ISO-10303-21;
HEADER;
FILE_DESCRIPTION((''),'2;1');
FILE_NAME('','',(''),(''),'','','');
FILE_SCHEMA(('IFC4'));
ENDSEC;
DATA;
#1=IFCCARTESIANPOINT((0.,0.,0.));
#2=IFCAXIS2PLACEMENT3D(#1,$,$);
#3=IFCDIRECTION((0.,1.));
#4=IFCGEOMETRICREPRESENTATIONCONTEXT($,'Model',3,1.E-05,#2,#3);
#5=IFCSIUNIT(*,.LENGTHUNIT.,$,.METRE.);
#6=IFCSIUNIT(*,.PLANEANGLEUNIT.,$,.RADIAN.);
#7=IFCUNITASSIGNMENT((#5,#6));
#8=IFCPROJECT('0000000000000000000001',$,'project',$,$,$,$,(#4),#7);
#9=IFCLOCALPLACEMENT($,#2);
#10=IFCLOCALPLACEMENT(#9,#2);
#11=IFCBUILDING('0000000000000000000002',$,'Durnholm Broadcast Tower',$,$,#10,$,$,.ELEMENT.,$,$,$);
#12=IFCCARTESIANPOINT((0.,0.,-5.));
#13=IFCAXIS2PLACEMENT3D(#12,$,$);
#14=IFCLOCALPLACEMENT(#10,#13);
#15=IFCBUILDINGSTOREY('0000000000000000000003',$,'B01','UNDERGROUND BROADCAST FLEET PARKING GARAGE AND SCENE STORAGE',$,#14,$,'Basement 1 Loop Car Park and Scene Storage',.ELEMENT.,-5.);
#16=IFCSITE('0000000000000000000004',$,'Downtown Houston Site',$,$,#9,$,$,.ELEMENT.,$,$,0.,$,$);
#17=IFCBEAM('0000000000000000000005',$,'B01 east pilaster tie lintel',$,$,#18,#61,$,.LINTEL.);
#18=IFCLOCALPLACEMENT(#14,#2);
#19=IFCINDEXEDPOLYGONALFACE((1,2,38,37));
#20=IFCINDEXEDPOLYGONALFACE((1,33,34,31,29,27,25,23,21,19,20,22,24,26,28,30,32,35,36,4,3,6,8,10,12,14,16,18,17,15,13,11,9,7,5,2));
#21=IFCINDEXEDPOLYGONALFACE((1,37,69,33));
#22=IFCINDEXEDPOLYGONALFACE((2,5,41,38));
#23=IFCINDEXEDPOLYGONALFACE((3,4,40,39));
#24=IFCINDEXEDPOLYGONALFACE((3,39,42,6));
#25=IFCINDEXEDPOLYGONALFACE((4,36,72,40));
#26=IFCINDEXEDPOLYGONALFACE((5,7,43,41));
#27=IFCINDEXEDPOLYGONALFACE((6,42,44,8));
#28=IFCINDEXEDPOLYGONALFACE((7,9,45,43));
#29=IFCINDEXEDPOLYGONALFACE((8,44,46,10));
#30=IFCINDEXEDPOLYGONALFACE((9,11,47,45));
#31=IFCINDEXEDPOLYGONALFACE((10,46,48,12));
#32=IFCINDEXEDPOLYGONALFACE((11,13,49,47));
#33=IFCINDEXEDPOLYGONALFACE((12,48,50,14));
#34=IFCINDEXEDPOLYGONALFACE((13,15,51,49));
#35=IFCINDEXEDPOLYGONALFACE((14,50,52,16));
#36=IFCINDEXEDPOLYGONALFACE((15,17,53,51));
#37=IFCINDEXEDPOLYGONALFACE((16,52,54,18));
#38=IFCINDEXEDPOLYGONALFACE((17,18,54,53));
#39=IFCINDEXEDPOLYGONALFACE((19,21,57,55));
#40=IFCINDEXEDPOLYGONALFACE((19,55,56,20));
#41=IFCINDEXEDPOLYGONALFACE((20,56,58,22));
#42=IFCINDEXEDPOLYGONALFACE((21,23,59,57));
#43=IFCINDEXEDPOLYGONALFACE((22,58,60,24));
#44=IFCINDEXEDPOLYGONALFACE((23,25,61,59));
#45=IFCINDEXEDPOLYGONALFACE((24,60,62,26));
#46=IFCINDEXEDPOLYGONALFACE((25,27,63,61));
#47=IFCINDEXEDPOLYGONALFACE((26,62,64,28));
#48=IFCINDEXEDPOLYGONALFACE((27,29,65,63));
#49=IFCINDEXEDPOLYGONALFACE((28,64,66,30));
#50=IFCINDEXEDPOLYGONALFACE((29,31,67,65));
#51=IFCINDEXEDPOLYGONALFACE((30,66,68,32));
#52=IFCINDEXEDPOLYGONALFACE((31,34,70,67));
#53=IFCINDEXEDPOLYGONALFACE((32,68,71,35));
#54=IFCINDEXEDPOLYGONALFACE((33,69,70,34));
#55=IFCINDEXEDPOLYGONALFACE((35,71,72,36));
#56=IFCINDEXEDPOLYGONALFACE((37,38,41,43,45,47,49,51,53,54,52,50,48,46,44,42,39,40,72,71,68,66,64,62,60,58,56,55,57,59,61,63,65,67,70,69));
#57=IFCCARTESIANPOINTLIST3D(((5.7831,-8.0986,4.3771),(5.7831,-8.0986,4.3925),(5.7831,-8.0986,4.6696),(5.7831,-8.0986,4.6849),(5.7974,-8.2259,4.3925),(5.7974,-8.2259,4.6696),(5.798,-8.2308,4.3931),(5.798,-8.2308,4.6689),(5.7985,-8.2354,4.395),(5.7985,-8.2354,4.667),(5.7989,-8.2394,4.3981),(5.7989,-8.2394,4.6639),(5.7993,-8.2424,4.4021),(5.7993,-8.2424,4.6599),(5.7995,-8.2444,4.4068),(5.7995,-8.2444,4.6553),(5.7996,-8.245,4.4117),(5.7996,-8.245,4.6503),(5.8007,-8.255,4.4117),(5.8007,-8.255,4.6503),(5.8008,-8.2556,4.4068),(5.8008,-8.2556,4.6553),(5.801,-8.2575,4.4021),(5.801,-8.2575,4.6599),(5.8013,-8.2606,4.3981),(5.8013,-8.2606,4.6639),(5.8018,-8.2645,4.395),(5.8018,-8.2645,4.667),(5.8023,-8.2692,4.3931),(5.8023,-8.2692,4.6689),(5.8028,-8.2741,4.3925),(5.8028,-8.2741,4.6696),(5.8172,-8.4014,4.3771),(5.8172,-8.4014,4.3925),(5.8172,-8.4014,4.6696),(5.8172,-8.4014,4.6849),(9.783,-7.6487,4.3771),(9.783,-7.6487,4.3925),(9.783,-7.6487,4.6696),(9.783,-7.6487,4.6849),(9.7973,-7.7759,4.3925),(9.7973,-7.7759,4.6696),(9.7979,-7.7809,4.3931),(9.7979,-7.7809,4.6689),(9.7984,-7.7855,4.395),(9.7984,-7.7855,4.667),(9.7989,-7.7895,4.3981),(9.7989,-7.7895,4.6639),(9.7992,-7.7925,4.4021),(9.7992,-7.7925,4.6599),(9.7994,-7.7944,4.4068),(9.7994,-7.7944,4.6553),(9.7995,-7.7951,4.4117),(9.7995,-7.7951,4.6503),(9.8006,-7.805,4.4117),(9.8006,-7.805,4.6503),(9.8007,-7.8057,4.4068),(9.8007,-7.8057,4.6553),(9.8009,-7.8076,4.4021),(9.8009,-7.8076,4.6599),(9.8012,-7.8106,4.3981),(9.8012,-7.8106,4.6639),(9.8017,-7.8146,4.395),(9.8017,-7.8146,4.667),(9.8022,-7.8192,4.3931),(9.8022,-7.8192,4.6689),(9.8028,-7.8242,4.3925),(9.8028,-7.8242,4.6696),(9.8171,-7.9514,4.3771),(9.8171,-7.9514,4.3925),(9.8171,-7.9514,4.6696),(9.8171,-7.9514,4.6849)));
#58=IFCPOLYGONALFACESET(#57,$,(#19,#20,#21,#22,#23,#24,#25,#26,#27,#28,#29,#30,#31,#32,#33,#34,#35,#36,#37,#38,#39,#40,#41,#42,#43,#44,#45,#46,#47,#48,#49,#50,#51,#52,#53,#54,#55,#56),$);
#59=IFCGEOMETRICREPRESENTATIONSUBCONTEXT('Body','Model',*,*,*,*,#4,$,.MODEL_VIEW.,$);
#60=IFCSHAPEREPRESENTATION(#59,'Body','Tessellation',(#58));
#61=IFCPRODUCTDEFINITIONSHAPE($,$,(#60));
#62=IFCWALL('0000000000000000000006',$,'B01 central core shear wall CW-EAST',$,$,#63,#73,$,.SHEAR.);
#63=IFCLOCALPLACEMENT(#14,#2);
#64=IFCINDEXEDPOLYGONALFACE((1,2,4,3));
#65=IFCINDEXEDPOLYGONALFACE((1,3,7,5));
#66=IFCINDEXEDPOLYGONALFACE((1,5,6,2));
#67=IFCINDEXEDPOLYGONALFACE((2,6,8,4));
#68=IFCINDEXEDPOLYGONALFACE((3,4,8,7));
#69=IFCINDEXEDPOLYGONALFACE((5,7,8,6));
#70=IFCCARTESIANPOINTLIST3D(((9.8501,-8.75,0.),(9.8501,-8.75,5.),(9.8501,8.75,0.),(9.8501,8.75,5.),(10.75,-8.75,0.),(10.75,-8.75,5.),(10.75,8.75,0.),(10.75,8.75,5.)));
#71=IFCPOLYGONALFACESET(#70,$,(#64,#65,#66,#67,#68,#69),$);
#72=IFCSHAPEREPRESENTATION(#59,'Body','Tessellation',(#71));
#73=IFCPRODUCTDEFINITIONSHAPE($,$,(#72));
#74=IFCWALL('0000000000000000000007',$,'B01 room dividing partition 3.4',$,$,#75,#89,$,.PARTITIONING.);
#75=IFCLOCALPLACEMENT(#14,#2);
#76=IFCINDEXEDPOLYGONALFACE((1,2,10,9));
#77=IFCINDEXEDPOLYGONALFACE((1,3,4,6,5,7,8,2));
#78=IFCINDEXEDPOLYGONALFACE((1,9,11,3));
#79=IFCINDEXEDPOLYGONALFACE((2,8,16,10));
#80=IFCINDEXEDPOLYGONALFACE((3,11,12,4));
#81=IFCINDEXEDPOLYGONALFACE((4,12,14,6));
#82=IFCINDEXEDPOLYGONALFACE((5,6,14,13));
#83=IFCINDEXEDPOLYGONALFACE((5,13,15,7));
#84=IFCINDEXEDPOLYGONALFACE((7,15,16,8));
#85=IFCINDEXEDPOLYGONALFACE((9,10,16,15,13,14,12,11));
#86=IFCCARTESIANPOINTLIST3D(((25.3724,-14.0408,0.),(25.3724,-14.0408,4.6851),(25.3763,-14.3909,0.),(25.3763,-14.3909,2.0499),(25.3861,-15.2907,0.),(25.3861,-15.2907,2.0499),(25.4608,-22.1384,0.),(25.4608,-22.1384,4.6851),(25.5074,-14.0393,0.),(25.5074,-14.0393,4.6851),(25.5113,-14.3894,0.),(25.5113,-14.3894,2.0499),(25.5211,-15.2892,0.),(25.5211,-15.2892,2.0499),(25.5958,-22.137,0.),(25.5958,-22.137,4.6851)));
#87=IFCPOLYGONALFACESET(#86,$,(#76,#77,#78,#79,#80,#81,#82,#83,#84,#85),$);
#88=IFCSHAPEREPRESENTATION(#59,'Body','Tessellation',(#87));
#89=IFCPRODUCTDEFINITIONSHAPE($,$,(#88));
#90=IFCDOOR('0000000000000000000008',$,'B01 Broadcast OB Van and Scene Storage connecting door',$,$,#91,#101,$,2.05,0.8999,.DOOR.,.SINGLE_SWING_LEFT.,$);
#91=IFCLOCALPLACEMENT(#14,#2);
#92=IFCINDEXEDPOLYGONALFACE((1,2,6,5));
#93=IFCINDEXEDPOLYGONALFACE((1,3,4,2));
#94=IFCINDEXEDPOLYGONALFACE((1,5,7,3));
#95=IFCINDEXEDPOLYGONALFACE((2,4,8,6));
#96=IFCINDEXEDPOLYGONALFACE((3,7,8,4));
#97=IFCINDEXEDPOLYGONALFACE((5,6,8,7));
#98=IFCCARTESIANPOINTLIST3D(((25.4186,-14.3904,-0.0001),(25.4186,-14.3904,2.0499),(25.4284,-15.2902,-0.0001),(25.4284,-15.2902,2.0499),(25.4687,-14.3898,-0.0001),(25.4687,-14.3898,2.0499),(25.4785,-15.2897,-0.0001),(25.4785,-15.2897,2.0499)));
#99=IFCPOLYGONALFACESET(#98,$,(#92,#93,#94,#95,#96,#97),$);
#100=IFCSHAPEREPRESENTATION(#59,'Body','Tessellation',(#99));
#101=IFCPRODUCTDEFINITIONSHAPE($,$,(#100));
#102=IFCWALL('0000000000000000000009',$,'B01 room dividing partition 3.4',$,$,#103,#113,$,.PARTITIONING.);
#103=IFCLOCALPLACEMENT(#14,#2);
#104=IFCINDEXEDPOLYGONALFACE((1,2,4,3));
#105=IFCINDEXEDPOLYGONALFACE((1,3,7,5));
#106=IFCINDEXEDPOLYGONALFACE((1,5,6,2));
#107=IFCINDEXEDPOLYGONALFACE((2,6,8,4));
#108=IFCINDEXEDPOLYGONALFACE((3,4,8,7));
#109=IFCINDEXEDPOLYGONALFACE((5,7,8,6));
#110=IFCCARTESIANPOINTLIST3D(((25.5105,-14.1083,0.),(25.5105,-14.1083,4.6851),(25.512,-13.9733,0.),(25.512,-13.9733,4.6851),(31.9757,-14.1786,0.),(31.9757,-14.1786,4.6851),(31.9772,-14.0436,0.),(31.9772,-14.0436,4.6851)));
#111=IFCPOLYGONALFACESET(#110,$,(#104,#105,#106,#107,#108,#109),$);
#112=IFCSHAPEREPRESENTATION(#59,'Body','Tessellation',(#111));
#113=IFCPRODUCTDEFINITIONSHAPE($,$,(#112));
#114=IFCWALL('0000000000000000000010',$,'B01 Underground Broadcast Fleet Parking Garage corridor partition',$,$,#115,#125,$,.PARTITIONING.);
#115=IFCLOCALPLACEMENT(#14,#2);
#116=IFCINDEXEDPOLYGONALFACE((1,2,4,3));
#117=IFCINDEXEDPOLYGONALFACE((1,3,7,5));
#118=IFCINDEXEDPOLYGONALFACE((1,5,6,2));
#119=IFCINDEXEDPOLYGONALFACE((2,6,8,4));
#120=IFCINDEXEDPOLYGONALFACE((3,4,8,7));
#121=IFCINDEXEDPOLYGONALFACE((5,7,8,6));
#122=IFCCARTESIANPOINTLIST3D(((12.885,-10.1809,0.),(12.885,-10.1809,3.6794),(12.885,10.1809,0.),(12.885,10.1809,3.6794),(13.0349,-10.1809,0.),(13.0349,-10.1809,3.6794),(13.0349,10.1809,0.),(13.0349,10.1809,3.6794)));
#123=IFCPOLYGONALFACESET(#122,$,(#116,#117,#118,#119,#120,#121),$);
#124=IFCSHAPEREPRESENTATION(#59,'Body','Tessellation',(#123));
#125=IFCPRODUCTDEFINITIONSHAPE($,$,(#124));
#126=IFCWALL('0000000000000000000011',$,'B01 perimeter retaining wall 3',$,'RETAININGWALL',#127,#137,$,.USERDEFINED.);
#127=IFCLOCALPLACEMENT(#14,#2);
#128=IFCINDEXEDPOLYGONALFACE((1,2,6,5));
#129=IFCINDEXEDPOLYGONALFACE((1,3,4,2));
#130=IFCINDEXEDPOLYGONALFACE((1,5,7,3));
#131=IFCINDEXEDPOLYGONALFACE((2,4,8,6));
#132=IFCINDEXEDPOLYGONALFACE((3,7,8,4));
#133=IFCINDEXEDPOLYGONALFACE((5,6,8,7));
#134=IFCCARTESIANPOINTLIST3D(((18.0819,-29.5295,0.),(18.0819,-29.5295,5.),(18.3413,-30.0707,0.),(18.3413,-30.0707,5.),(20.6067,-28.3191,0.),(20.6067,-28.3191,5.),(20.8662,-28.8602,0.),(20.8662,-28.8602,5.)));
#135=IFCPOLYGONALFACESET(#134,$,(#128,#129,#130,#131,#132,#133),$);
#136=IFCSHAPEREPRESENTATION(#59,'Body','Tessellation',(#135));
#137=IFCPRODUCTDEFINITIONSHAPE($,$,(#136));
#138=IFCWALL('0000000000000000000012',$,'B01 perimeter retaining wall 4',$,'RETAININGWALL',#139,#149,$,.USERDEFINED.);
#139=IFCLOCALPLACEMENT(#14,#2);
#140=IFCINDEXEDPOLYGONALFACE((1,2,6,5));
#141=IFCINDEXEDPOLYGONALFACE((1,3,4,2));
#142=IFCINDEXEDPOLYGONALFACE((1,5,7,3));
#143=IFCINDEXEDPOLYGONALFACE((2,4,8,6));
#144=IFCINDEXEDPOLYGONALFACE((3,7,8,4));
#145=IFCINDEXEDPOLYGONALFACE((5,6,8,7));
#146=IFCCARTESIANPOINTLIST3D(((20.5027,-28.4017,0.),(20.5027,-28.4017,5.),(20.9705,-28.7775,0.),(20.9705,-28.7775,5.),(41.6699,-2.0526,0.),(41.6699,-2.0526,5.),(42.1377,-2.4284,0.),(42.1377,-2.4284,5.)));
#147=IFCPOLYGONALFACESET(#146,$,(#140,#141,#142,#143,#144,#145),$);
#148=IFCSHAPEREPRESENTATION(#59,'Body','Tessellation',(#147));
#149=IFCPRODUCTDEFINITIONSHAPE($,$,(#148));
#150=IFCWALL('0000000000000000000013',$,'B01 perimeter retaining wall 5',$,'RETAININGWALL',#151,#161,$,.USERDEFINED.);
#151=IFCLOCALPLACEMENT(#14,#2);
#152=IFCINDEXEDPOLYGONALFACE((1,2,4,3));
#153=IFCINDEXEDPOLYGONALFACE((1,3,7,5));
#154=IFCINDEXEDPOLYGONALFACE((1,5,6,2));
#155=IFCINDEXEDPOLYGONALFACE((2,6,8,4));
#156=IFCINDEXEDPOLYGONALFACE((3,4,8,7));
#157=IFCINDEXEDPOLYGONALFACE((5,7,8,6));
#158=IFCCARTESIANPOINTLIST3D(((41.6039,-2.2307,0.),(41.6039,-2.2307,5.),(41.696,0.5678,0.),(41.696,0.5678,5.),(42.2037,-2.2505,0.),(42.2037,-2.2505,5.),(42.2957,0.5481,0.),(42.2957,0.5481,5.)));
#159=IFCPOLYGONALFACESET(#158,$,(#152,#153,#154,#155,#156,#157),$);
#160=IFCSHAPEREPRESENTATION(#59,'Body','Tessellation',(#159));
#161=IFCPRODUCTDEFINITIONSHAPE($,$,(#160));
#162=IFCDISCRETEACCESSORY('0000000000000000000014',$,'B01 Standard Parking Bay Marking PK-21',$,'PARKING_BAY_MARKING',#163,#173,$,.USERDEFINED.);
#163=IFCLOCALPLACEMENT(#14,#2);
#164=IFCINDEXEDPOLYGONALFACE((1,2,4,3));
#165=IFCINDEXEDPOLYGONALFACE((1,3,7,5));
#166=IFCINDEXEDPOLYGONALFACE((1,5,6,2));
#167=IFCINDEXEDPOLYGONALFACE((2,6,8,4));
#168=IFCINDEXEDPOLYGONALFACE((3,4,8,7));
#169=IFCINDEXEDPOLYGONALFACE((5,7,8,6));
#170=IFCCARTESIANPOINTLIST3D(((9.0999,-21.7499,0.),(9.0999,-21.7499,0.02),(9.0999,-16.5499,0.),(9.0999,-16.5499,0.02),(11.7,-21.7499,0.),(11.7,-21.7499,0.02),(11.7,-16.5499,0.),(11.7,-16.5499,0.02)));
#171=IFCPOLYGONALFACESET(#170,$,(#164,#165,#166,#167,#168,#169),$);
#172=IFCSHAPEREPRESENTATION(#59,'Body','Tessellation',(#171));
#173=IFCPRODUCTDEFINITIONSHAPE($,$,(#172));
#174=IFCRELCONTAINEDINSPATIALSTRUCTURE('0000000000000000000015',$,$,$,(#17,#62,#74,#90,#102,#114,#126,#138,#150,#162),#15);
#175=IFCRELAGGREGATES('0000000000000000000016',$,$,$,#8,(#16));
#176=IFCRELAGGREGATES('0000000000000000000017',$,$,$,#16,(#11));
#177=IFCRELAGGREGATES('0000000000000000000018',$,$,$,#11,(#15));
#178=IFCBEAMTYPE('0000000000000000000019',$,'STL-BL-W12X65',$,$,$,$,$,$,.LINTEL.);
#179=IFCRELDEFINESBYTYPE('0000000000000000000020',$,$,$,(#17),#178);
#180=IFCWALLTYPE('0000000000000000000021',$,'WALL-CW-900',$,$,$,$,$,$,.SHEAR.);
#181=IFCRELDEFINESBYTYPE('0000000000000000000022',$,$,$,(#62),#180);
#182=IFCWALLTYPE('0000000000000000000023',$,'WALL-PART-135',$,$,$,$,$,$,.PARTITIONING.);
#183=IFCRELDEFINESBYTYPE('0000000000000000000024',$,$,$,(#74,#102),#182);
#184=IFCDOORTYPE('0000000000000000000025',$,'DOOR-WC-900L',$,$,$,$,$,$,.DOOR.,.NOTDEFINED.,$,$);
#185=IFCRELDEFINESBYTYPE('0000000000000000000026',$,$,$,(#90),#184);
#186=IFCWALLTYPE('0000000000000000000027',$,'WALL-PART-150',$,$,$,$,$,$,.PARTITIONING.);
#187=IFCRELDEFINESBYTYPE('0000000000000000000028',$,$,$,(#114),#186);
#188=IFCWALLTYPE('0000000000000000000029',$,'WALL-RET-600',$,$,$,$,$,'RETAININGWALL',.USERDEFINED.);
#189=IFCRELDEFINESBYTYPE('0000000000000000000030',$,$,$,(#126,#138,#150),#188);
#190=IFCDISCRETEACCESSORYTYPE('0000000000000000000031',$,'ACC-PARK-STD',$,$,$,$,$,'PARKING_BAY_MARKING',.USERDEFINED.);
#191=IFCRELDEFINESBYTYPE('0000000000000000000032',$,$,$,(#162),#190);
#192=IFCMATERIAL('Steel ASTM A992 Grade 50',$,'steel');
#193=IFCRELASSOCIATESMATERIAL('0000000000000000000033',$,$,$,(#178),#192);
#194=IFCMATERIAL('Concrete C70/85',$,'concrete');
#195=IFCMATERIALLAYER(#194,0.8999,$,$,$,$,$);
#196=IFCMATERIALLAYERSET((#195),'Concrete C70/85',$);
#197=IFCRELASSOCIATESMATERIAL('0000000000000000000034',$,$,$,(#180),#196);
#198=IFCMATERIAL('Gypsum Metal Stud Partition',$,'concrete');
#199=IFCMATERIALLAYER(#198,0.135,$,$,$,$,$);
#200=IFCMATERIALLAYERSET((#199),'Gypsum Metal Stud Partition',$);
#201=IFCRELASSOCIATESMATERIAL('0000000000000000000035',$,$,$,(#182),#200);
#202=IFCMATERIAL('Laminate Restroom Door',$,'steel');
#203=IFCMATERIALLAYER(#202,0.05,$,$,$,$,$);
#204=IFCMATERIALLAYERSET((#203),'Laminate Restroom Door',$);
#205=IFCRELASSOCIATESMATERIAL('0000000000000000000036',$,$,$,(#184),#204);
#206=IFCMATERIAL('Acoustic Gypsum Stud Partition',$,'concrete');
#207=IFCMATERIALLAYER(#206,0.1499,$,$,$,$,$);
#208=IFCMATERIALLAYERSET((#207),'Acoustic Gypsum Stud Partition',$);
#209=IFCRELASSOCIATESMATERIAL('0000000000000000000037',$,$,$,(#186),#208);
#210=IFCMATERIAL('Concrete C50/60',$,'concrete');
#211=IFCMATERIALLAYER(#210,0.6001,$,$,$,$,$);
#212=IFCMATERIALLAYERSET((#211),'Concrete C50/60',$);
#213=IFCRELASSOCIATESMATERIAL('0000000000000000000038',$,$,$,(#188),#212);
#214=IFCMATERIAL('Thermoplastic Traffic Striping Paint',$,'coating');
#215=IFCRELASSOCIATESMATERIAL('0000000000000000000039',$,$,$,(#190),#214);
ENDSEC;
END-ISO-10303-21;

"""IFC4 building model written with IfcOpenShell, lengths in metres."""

from ifc_helpers import new_model, si_unit, direction, frame, frame_2d, origin, origin_2d, place, context, subcontext, project, spatial, rectangle, i_section, extrude, source, transform, mapped, material, layer, layer_set, material_profile, profile_set, type_object, type_shapes, element, fill, save


model = new_model("IFC4")

# Units and contexts
model_context = context("Model", 3, precision=1e-05, world=origin(), true_north=direction((0.0, 1.0)))
body_context = subcontext(model_context, "Body", "Model", "MODEL_VIEW")
ifc_project = project(units=[si_unit("LENGTHUNIT", "METRE"), si_unit("PLANEANGLEUNIT", "RADIAN")], contexts=[model_context])

# Site, building, storey
site_placement = place(None, origin())
site = spatial("IfcSite", under=ifc_project, at=site_placement, Name="Downtown Houston Site", CompositionType="ELEMENT", RefElevation=0.0)
building_placement = place(site_placement, origin())
building = spatial("IfcBuilding", under=site, at=building_placement, Name="Durnholm Broadcast Tower", CompositionType="ELEMENT")
storey_placement = place(building_placement, frame((0.0, 0.0, -5.0)))
storey = spatial("IfcBuildingStorey", under=building, at=storey_placement, Name="B01", Description="UNDERGROUND BROADCAST FLEET PARKING GARAGE AND SCENE STORAGE", LongName="Basement 1 Loop Car Park and Scene Storage", CompositionType="ELEMENT", Elevation=-5.0)

# Shared definitions
ifc_material_1 = material(Name="Concrete C70/85", Category="concrete")

# Beam
ifc_material_2 = material(Name="Steel ASTM A992 Grade 50", Category="steel")
ifc_material_profile_1 = material_profile(ifc_material_2, i_section(OverallWidth=0.3047, OverallDepth=0.3079, WebThickness=0.01, FlangeThickness=0.0154, FilletRadius=0.0193, at=origin_2d()), Name="W12X65")
ifc_profile_set_1 = profile_set([ifc_material_profile_1], Name="Steel ASTM A992 Grade 50")
beam_type_1 = type_object("IfcBeamType", Name="STL-BL-W12X65", PredefinedType="LINTEL", material=ifc_profile_set_1)
shared_shape_1 = source(origin(), body_context, "Body", "SweptSolid", [
    extrude(i_section(OverallWidth=0.3047, OverallDepth=0.3079, WebThickness=0.01, FlangeThickness=0.0154, FilletRadius=0.0193, at=origin_2d()), origin(), (0.0, 0.0, 1.0), 4.0251),
])
type_shapes(beam_type_1, [shared_shape_1])
beam_1_placement = place(storey_placement, frame((9.8, -7.8, 4.531), z_axis=(-0.993733, -0.111783, 0.0), x_axis=(0.111783, -0.993733, 0.0)))
element("IfcBeam", 1, at=beam_1_placement, inside=storey, type_object=beam_type_1, Name="B01 east pilaster tie lintel", PredefinedType="LINTEL", context=body_context, shape_type="MappedRepresentation", body=[
    mapped(shared_shape_1, transform((0.0, 0.0, 0.0), x_axis=(1.0, 0.0, 0.0), y_axis=(0.0, 1.0, 0.0), z_axis=(0.0, 0.0, 1.0), scale=1.0)),
])

# Wall
ifc_layer_1 = layer(ifc_material_1, 0.8999)
ifc_layer_set_1 = layer_set([ifc_layer_1], Name="Concrete C70/85")
wall_type_1 = type_object("IfcWallType", Name="WALL-CW-900", PredefinedType="SHEAR", material=ifc_layer_set_1)
wall_1_placement = place(storey_placement, frame((10.3, -8.75, 0.0), z_axis=(0.0, 0.0, 1.0), x_axis=(0.0, 1.0, 0.0)))
element("IfcWall", 2, at=wall_1_placement, inside=storey, type_object=wall_type_1, Name="B01 central core shear wall CW-EAST", PredefinedType="SHEAR", context=body_context, shape_type="SweptSolid", body=[
    extrude(rectangle(XDim=17.5, YDim=0.8999, at=frame_2d((8.75, 0.0))), origin(), (0.0, 0.0, 1.0), 5.0),
])

# Wall, opening, door
ifc_material_3 = material(Name="Gypsum Metal Stud Partition", Category="concrete")
ifc_layer_2 = layer(ifc_material_3, 0.135)
ifc_layer_set_2 = layer_set([ifc_layer_2], Name="Gypsum Metal Stud Partition")
wall_type_2 = type_object("IfcWallType", Name="WALL-PART-135", PredefinedType="PARTITIONING", material=ifc_layer_set_2)
wall_2_placement = place(storey_placement, frame((25.4399, -14.04, 0.0), z_axis=(0.0, 0.0, 1.0), x_axis=(0.010913, -0.99994, 0.0)))
wall_2 = element("IfcWall", 3, at=wall_2_placement, inside=storey, type_object=wall_type_2, Name="B01 room dividing partition 3.4", PredefinedType="PARTITIONING", context=body_context, shape_type="SweptSolid", body=[
    extrude(rectangle(XDim=8.0981, YDim=0.135, at=frame_2d((4.0491, 0.0))), origin(), (0.0, 0.0, 1.0), 4.6851),
])
opening_placement = place(wall_2_placement, frame((0.3501, 0.0, 0.0)))
opening = element("IfcOpeningElement", 4, at=opening_placement, cuts=wall_2, PredefinedType="OPENING", context=body_context, shape_type="SweptSolid", body=[
    extrude(rectangle(XDim=0.8999, YDim=2.05, at=frame_2d((0.45, 1.0249))), frame((0.0, 0.0776, 0.0), z_axis=(0.0, -1.0, 0.0), x_axis=(1.0, 0.0, 0.0)), (0.0, 0.0, 1.0), 0.155),
])
ifc_material_4 = material(Name="Laminate Restroom Door", Category="steel")
ifc_layer_3 = layer(ifc_material_4, 0.05)
ifc_layer_set_3 = layer_set([ifc_layer_3], Name="Laminate Restroom Door")
door_type = type_object("IfcDoorType", Name="DOOR-WC-900L", OperationType="NOTDEFINED", PredefinedType="DOOR", material=ifc_layer_set_3)
shared_shape_2 = source(origin(), body_context, "Body", "SweptSolid", [
    extrude(rectangle(XDim=0.8999, YDim=2.05, at=frame_2d((0.45, 1.0249))), frame((0.0, 0.0249, 0.0), z_axis=(0.0, -1.0, 0.0), x_axis=(1.0, 0.0, 0.0)), (0.0, 0.0, 1.0), 0.05),
])
type_shapes(door_type, [shared_shape_2])
door_placement = place(opening_placement, origin())
door = element("IfcDoor", 5, at=door_placement, inside=storey, type_object=door_type, Name="B01 Broadcast OB Van and Scene Storage connecting door", OperationType="SINGLE_SWING_LEFT", OverallHeight=2.05, OverallWidth=0.8999, PredefinedType="DOOR", context=body_context, shape_type="MappedRepresentation", body=[
    mapped(shared_shape_2, transform((0.0, 0.0, 0.0), x_axis=(1.0, 0.0, 0.0), y_axis=(0.0, 1.0, 0.0), z_axis=(0.0, 0.0, 1.0), scale=1.0)),
])
fill(opening, door)

# Walls
wall_3_placement = place(storey_placement, frame((31.9766, -14.1111, 0.0), z_axis=(0.0, 0.0, 1.0), x_axis=(-0.999941, 0.010875, 0.0)))
element("IfcWall", 6, at=wall_3_placement, inside=storey, type_object=wall_type_2, Name="B01 room dividing partition 3.4", PredefinedType="PARTITIONING", context=body_context, shape_type="SweptSolid", body=[
    extrude(rectangle(XDim=6.4656, YDim=0.135, at=frame_2d((3.2329, 0.0))), origin(), (0.0, 0.0, 1.0), 4.6851),
])
ifc_material_5 = material(Name="Acoustic Gypsum Stud Partition", Category="concrete")
ifc_layer_4 = layer(ifc_material_5, 0.1499)
ifc_layer_set_4 = layer_set([ifc_layer_4], Name="Acoustic Gypsum Stud Partition")
wall_type_3 = type_object("IfcWallType", Name="WALL-PART-150", PredefinedType="PARTITIONING", material=ifc_layer_set_4)
wall_4_placement = place(storey_placement, frame((12.96, -10.1809, 0.0), z_axis=(0.0, 0.0, 1.0), x_axis=(0.0, 1.0, 0.0)))
element("IfcWall", 7, at=wall_4_placement, inside=storey, type_object=wall_type_3, Name="B01 Underground Broadcast Fleet Parking Garage corridor partition", PredefinedType="PARTITIONING", context=body_context, shape_type="SweptSolid", body=[
    extrude(rectangle(XDim=20.3618, YDim=0.1499, at=frame_2d((10.1809, 0.0))), origin(), (0.0, 0.0, 1.0), 3.6794),
])
ifc_material_6 = material(Name="Concrete C50/60", Category="concrete")
ifc_layer_5 = layer(ifc_material_6, 0.6001)
ifc_layer_set_5 = layer_set([ifc_layer_5], Name="Concrete C50/60")
wall_type_4 = type_object("IfcWallType", Name="WALL-RET-600", ElementType="RETAININGWALL", PredefinedType="USERDEFINED", material=ifc_layer_set_5)
wall_5_placement = place(storey_placement, frame((18.2117, -29.8, 0.0), z_axis=(0.0, 0.0, 1.0), x_axis=(0.901732, 0.432294, 0.0)))
element("IfcWall", 8, at=wall_5_placement, inside=storey, type_object=wall_type_4, Name="B01 perimeter retaining wall 3", ObjectType="RETAININGWALL", PredefinedType="USERDEFINED", context=body_context, shape_type="SweptSolid", body=[
    extrude(rectangle(XDim=2.8, YDim=0.6001, at=frame_2d((1.3999, 0.0))), origin(), (0.0, 0.0, 1.0), 5.0),
])
wall_6_placement = place(storey_placement, frame((20.7366, -28.5896, 0.0), z_axis=(0.0, 0.0, 1.0), x_axis=(0.62628, 0.779598, 0.0)))
element("IfcWall", 9, at=wall_6_placement, inside=storey, type_object=wall_type_4, Name="B01 perimeter retaining wall 4", ObjectType="RETAININGWALL", PredefinedType="USERDEFINED", context=body_context, shape_type="SweptSolid", body=[
    extrude(rectangle(XDim=33.7983, YDim=0.6001, at=frame_2d((16.8992, 0.0))), origin(), (0.0, 0.0, 1.0), 5.0),
])
wall_7_placement = place(storey_placement, frame((41.9038, -2.2405, 0.0), z_axis=(0.0, 0.0, 1.0), x_axis=(0.032871, 0.99946, 0.0)))
element("IfcWall", 10, at=wall_7_placement, inside=storey, type_object=wall_type_4, Name="B01 perimeter retaining wall 5", ObjectType="RETAININGWALL", PredefinedType="USERDEFINED", context=body_context, shape_type="SweptSolid", body=[
    extrude(rectangle(XDim=2.8, YDim=0.6001, at=frame_2d((1.3999, 0.0))), origin(), (0.0, 0.0, 1.0), 5.0),
])

# Discrete accessory
ifc_material_7 = material(Name="Thermoplastic Traffic Striping Paint", Category="coating")
discrete_accessory_type = type_object("IfcDiscreteAccessoryType", Name="ACC-PARK-STD", ElementType="PARKING_BAY_MARKING", PredefinedType="USERDEFINED", material=ifc_material_7)
shared_shape_3 = source(origin(), body_context, "Body", "SweptSolid", [
    extrude(rectangle(XDim=2.6001, YDim=5.2, at=origin_2d()), origin(), (0.0, 0.0, 1.0), 0.02),
])
for number, where, z_axis, x_axis, name in (
    (11, (10.3999, -19.1499, 0.0), (0.0, 0.0, 1.0), (1.0, 0.0, 0.0), "B01 Standard Parking Bay Marking PK-21"),
):
    element("IfcDiscreteAccessory", number, at=place(storey_placement, frame(where, z_axis=z_axis, x_axis=x_axis)), inside=storey, type_object=discrete_accessory_type, Name=name, ObjectType="PARKING_BAY_MARKING", PredefinedType="USERDEFINED", context=body_context, shape_type="MappedRepresentation", body=[
        mapped(shared_shape_3, transform((0.0, 0.0, 0.0), x_axis=(1.0, 0.0, 0.0), y_axis=(0.0, 1.0, 0.0), z_axis=(0.0, 0.0, 1.0), scale=1.0)),
    ])

save(model, "model.ifc")
